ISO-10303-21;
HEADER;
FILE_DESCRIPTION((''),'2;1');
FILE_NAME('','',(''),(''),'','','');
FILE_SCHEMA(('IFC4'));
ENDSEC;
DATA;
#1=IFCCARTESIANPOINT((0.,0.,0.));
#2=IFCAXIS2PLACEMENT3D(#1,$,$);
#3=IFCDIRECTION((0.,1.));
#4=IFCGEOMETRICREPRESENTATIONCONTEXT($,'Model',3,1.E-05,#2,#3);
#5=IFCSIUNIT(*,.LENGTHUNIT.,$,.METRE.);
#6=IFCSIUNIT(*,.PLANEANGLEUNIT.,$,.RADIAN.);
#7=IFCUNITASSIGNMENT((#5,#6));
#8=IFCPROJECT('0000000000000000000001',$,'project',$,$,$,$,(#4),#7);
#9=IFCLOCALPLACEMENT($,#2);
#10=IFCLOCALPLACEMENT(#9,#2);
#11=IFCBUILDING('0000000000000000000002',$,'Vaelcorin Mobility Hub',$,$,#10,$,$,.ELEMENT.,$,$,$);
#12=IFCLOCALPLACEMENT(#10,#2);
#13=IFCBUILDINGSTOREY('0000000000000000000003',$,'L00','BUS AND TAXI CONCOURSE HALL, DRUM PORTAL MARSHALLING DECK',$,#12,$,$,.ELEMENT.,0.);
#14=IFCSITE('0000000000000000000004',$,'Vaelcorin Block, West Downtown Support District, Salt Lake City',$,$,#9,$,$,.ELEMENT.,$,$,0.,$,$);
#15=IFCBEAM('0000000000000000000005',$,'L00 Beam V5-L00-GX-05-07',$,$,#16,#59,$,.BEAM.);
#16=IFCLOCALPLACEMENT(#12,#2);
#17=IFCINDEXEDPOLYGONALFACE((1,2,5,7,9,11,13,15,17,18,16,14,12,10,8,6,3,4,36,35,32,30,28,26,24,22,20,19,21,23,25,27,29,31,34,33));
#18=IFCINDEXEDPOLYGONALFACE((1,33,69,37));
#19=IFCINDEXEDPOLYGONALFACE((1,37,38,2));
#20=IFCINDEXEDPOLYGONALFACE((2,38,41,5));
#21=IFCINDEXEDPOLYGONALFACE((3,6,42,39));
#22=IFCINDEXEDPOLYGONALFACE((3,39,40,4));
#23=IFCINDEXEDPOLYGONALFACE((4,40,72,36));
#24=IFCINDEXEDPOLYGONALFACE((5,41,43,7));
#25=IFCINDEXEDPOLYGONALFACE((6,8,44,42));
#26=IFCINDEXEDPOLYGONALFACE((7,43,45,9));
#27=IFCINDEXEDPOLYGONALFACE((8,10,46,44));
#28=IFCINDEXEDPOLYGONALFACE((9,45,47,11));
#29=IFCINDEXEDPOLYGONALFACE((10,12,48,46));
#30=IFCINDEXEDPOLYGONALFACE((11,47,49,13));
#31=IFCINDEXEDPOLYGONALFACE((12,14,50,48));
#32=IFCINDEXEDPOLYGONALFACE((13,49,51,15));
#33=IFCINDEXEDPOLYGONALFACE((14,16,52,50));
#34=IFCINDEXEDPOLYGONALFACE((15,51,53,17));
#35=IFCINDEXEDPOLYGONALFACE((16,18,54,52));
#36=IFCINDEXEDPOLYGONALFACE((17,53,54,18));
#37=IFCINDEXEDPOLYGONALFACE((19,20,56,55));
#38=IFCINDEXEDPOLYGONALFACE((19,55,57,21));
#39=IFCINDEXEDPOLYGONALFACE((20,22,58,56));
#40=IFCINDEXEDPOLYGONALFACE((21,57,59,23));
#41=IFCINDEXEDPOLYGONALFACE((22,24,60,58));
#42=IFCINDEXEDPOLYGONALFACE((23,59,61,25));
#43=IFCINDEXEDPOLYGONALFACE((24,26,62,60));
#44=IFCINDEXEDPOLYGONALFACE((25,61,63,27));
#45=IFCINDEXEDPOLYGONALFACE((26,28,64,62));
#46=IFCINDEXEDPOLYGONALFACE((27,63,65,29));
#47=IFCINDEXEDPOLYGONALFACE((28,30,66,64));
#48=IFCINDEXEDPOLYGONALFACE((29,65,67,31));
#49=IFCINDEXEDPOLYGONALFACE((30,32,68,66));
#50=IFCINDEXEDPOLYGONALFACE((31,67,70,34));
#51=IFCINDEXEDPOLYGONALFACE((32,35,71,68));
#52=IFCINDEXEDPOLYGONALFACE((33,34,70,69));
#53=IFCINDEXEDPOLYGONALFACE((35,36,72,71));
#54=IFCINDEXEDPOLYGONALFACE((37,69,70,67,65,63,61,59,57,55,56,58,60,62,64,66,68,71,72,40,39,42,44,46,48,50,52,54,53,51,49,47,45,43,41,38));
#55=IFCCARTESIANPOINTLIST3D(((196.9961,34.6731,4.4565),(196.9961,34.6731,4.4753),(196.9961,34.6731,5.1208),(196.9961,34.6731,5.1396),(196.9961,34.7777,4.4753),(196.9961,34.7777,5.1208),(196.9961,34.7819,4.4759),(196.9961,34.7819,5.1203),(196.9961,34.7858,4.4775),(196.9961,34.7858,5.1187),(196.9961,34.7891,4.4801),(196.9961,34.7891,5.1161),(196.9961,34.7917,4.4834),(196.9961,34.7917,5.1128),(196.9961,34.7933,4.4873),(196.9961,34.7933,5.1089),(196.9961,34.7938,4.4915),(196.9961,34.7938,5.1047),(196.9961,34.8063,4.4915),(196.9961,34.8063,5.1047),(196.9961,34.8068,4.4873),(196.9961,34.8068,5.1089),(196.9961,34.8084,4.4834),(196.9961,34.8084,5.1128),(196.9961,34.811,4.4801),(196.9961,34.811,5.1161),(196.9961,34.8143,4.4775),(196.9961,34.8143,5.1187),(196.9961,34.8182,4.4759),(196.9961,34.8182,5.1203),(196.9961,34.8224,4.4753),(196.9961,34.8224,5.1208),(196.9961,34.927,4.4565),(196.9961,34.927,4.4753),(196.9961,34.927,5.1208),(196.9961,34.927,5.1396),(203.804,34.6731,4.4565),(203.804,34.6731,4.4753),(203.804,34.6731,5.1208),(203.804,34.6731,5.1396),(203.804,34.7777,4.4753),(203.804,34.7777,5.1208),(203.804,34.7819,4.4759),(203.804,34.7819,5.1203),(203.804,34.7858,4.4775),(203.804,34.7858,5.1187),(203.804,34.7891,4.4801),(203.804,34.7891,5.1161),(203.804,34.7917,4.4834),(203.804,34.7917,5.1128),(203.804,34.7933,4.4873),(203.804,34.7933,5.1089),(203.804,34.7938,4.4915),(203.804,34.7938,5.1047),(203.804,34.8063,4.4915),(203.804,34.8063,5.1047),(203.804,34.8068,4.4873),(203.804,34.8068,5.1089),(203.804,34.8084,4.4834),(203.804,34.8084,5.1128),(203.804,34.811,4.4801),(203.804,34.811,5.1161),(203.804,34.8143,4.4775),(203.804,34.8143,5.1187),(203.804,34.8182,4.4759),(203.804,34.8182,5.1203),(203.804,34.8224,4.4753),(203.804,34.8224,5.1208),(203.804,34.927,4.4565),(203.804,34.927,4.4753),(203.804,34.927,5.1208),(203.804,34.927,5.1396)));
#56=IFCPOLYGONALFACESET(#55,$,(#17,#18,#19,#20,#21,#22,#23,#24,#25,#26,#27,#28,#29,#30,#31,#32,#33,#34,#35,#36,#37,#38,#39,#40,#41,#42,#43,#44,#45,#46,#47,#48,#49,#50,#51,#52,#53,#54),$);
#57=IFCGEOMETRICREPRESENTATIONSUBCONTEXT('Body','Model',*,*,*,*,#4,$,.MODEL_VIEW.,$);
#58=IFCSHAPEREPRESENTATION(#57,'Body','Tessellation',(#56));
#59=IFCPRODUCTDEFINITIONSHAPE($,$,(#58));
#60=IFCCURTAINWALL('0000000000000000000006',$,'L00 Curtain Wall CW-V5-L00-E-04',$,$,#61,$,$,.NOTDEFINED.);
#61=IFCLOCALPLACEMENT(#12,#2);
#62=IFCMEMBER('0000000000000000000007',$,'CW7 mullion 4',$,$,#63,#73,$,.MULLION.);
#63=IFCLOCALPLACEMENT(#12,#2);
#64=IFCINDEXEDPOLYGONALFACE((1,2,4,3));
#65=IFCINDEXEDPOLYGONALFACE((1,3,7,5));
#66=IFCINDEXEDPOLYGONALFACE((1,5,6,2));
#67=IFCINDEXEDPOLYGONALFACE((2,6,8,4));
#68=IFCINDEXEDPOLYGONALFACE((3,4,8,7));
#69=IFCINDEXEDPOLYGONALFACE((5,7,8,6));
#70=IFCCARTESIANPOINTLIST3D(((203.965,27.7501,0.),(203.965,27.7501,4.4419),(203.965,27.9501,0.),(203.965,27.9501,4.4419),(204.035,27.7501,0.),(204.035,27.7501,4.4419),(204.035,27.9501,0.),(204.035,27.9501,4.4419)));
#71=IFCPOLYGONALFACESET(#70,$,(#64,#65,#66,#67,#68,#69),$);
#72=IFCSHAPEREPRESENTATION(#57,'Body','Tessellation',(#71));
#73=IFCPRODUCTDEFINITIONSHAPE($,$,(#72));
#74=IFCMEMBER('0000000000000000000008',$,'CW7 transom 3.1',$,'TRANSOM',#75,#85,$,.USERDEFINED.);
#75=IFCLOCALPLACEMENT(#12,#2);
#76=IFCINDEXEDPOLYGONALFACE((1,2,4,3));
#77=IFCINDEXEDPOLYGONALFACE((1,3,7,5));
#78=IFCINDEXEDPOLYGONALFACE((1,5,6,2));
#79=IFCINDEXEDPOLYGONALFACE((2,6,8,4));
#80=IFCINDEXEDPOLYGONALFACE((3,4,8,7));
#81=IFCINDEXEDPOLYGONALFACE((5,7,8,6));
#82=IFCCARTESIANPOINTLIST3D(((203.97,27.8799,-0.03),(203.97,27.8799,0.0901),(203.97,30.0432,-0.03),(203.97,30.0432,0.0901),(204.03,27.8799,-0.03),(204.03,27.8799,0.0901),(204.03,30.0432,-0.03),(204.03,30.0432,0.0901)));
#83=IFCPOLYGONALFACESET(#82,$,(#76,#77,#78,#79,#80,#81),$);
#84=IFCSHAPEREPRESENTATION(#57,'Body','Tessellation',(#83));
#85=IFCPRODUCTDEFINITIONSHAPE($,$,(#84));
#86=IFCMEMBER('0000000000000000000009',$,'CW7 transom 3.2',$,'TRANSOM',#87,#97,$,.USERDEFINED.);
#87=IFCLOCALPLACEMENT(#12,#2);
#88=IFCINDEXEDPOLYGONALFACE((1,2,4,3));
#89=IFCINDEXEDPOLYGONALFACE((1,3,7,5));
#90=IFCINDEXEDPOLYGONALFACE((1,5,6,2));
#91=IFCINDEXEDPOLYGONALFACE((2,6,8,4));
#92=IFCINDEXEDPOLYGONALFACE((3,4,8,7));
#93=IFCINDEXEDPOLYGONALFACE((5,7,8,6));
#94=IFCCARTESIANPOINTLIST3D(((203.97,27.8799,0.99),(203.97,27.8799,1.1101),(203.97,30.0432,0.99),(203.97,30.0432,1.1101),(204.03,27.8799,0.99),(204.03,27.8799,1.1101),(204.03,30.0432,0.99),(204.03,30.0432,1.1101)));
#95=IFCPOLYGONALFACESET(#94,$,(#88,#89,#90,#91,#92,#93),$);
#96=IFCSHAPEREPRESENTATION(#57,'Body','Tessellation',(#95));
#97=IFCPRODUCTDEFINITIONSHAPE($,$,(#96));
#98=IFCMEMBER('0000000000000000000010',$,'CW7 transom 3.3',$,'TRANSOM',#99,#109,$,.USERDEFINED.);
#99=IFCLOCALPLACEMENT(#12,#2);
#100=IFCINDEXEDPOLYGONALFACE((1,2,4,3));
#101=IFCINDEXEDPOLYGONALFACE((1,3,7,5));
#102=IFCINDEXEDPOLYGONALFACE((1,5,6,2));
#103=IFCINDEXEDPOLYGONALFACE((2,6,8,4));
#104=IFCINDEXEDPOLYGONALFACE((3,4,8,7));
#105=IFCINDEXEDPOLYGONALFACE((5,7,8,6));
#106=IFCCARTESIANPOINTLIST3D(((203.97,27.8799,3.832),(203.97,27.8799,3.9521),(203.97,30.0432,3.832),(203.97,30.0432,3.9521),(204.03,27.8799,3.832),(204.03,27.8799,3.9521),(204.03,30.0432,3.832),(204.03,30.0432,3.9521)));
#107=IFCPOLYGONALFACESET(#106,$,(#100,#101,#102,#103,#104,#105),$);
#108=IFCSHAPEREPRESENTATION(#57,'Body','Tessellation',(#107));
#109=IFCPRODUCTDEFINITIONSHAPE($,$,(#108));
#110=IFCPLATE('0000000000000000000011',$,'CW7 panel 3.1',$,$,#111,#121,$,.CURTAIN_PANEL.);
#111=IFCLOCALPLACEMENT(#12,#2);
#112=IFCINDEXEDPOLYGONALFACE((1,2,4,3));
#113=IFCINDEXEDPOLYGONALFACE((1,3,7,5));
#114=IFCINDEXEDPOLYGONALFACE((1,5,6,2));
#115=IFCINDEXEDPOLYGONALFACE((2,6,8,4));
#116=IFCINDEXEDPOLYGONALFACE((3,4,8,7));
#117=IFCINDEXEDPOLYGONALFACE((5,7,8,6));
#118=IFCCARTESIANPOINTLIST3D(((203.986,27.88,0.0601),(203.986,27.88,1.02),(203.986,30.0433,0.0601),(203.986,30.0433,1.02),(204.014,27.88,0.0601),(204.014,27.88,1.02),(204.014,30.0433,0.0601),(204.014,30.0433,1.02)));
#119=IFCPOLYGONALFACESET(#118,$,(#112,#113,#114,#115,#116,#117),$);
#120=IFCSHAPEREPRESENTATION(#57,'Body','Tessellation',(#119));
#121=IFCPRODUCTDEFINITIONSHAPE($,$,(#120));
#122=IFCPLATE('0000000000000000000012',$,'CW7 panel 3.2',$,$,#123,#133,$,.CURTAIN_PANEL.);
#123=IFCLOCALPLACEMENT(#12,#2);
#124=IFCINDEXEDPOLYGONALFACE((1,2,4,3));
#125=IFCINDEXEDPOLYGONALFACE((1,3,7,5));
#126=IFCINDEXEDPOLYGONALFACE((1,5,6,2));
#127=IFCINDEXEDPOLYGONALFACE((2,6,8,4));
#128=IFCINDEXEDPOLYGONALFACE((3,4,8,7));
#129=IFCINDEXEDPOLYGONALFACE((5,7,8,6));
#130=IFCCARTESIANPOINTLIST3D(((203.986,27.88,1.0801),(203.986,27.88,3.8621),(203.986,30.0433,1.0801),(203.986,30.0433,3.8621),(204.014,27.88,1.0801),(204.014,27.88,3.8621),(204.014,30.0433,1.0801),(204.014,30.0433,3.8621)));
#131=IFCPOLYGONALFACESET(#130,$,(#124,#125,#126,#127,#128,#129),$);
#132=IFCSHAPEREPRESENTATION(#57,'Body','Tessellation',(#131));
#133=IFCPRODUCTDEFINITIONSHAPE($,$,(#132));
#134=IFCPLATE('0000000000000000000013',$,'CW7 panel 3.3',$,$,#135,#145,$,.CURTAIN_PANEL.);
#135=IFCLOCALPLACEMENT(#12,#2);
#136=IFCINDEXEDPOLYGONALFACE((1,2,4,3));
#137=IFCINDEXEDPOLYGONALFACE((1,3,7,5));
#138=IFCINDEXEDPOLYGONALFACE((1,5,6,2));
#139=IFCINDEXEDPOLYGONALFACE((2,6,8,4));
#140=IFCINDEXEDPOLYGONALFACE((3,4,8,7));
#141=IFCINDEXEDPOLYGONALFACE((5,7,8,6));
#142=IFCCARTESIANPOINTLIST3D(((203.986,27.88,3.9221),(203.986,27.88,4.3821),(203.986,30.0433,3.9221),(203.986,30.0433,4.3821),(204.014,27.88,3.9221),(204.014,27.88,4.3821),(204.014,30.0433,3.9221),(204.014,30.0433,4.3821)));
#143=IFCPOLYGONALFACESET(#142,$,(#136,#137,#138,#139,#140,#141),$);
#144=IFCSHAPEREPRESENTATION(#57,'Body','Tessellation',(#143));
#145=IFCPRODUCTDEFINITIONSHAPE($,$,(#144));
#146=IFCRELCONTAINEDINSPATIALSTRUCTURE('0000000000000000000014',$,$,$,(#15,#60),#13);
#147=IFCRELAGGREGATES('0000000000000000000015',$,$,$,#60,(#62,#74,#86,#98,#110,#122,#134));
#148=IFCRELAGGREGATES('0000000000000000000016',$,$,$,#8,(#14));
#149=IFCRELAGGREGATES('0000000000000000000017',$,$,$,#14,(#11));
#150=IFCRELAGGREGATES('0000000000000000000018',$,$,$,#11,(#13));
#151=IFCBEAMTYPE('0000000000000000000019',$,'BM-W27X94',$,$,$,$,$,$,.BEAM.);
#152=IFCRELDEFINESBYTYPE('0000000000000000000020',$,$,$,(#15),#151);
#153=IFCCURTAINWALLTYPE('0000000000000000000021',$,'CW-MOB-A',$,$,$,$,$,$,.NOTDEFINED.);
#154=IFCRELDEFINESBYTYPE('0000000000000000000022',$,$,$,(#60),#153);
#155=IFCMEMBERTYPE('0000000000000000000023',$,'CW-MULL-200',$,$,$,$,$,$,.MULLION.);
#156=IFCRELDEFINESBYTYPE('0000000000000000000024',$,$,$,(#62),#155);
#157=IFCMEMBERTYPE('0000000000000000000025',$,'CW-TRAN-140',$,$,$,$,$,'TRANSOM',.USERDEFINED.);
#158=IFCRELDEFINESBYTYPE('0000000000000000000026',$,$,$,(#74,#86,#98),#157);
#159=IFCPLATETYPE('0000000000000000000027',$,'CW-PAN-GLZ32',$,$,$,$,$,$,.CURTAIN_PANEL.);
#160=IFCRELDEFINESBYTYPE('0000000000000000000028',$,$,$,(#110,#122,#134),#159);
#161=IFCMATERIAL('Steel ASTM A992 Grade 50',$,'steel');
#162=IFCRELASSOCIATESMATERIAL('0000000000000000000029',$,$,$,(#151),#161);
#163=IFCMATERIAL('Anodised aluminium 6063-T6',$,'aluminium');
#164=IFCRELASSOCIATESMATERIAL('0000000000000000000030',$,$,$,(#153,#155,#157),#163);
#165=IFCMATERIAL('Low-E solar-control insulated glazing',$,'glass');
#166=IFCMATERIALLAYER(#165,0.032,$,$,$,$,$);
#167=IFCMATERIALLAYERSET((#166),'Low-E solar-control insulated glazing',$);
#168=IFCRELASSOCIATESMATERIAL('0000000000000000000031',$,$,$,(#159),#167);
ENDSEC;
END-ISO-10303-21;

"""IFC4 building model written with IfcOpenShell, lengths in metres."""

from ifc_helpers import new_model, si_unit, direction, frame, origin, origin_2d, place, context, subcontext, project, spatial, rectangle, i_section, extrude, material, layer, layer_set, material_profile, profile_set, type_object, element, aggregate, save


model = new_model("IFC4")

# Units and contexts
model_context = context("Model", 3, precision=1e-05, world=origin(), true_north=direction((0.0, 1.0)))
body_context = subcontext(model_context, "Body", "Model", "MODEL_VIEW")
ifc_project = project(units=[si_unit("LENGTHUNIT", "METRE"), si_unit("PLANEANGLEUNIT", "RADIAN")], contexts=[model_context])

# Site, building, storey
site_placement = place(None, origin())
site = spatial("IfcSite", under=ifc_project, at=site_placement, Name="Vaelcorin Block, West Downtown Support District, Salt Lake City", CompositionType="ELEMENT", RefElevation=0.0)
building_placement = place(site_placement, origin())
building = spatial("IfcBuilding", under=site, at=building_placement, Name="Vaelcorin Mobility Hub", CompositionType="ELEMENT")
storey_placement = place(building_placement, origin())
storey = spatial("IfcBuildingStorey", under=building, at=storey_placement, Name="L00", Description="BUS AND TAXI CONCOURSE HALL, DRUM PORTAL MARSHALLING DECK", CompositionType="ELEMENT", Elevation=0.0)

# Shared definitions
ifc_material_1 = material(Name="Steel ASTM A992 Grade 50", Category="steel")

# Beam
ifc_material_profile_1 = material_profile(ifc_material_1, i_section(OverallWidth=0.2539, OverallDepth=0.6831, WebThickness=0.0125, FlangeThickness=0.0188, FilletRadius=0.0161, at=origin_2d()), Name="W27X94")
ifc_profile_set_1 = profile_set([ifc_material_profile_1], Name="Steel ASTM A992 Grade 50")
beam_type_1 = type_object("IfcBeamType", Name="BM-W27X94", PredefinedType="BEAM", material=ifc_profile_set_1)
beam_1_placement = place(storey_placement, frame((196.9961, 34.8, 4.7981), z_axis=(1.0, 0.0, 0.0), x_axis=(0.0, 1.0, 0.0)))
element("IfcBeam", 1, at=beam_1_placement, inside=storey, type_object=beam_type_1, Name="L00 Beam V5-L00-GX-05-07", PredefinedType="BEAM", context=body_context, shape_type="SweptSolid", body=[
    extrude(i_section(OverallWidth=0.2539, OverallDepth=0.6831, WebThickness=0.0125, FlangeThickness=0.0188, FilletRadius=0.0161, at=origin_2d()), origin(), (0.0, 0.0, 1.0), 6.8079),
])

# Curtain wall, members, plates
ifc_material_2 = material(Name="Anodised aluminium 6063-T6", Category="aluminium")
curtain_wall_type = type_object("IfcCurtainWallType", Name="CW-MOB-A", PredefinedType="NOTDEFINED", material=ifc_material_2)
curtain_wall_placement = place(storey_placement, origin())
curtain_wall = element("IfcCurtainWall", 2, at=curtain_wall_placement, inside=storey, type_object=curtain_wall_type, Name="L00 Curtain Wall CW-V5-L00-E-04", PredefinedType="NOTDEFINED")
ifc_material_profile_2 = material_profile(ifc_material_2, rectangle(XDim=0.0701, YDim=0.2, at=origin_2d()), Name="ALU-M70X200")
ifc_profile_set_2 = profile_set([ifc_material_profile_2], Name="Anodised aluminium 6063-T6")
member_type_1 = type_object("IfcMemberType", Name="CW-MULL-200", PredefinedType="MULLION", material=ifc_profile_set_2)
member_1_placement = place(storey_placement, frame((204.0, 27.8501, 0.0), z_axis=(0.0, 0.0, 1.0), x_axis=(1.0, 0.0, 0.0)))
member_1 = element("IfcMember", 3, at=member_1_placement, type_object=member_type_1, Name="CW7 mullion 4", PredefinedType="MULLION", context=body_context, shape_type="SweptSolid", body=[
    extrude(rectangle(XDim=0.0701, YDim=0.2, at=origin_2d()), origin(), (0.0, 0.0, 1.0), 4.4419),
])
ifc_material_profile_3 = material_profile(ifc_material_2, rectangle(XDim=0.0601, YDim=0.1201, at=origin_2d()), Name="ALU-T60X120")
ifc_profile_set_3 = profile_set([ifc_material_profile_3], Name="Anodised aluminium 6063-T6")
member_type_2 = type_object("IfcMemberType", Name="CW-TRAN-140", ElementType="TRANSOM", PredefinedType="USERDEFINED", material=ifc_profile_set_3)
member_2_placement = place(storey_placement, frame((204.0, 30.0432, 0.03), z_axis=(0.0, -1.0, 0.0), x_axis=(1.0, 0.0, 0.0)))
member_2 = element("IfcMember", 4, at=member_2_placement, type_object=member_type_2, Name="CW7 transom 3.1", ObjectType="TRANSOM", PredefinedType="USERDEFINED", context=body_context, shape_type="SweptSolid", body=[
    extrude(rectangle(XDim=0.0601, YDim=0.1201, at=origin_2d()), origin(), (0.0, 0.0, 1.0), 2.1633),
])
member_3_placement = place(storey_placement, frame((204.0, 30.0432, 1.05), z_axis=(0.0, -1.0, 0.0), x_axis=(1.0, 0.0, 0.0)))
member_3 = element("IfcMember", 5, at=member_3_placement, type_object=member_type_2, Name="CW7 transom 3.2", ObjectType="TRANSOM", PredefinedType="USERDEFINED", context=body_context, shape_type="SweptSolid", body=[
    extrude(rectangle(XDim=0.0601, YDim=0.1201, at=origin_2d()), origin(), (0.0, 0.0, 1.0), 2.1633),
])
member_4_placement = place(storey_placement, frame((204.0, 30.0432, 3.8921), z_axis=(0.0, -1.0, 0.0), x_axis=(1.0, 0.0, 0.0)))
member_4 = element("IfcMember", 6, at=member_4_placement, type_object=member_type_2, Name="CW7 transom 3.3", ObjectType="TRANSOM", PredefinedType="USERDEFINED", context=body_context, shape_type="SweptSolid", body=[
    extrude(rectangle(XDim=0.0601, YDim=0.1201, at=origin_2d()), origin(), (0.0, 0.0, 1.0), 2.1633),
])
ifc_material_3 = material(Name="Low-E solar-control insulated glazing", Category="glass")
ifc_layer = layer(ifc_material_3, 0.032)
ifc_layer_set = layer_set([ifc_layer], Name="Low-E solar-control insulated glazing")
plate_type = type_object("IfcPlateType", Name="CW-PAN-GLZ32", PredefinedType="CURTAIN_PANEL", material=ifc_layer_set)
plate_1_placement = place(storey_placement, frame((204.0, 28.9617, 0.0601), z_axis=(0.0, 0.0, 1.0), x_axis=(0.0, -1.0, 0.0)))
plate_1 = element("IfcPlate", 7, at=plate_1_placement, type_object=plate_type, Name="CW7 panel 3.1", PredefinedType="CURTAIN_PANEL", context=body_context, shape_type="SweptSolid", body=[
    extrude(rectangle(XDim=2.1633, YDim=0.0281, at=origin_2d()), origin(), (0.0, 0.0, 1.0), 0.96),
])
plate_2_placement = place(storey_placement, frame((204.0, 28.9617, 1.0801), z_axis=(0.0, 0.0, 1.0), x_axis=(0.0, -1.0, 0.0)))
plate_2 = element("IfcPlate", 8, at=plate_2_placement, type_object=plate_type, Name="CW7 panel 3.2", PredefinedType="CURTAIN_PANEL", context=body_context, shape_type="SweptSolid", body=[
    extrude(rectangle(XDim=2.1633, YDim=0.0281, at=origin_2d()), origin(), (0.0, 0.0, 1.0), 2.782),
])
plate_3_placement = place(storey_placement, frame((204.0, 28.9617, 3.9221), z_axis=(0.0, 0.0, 1.0), x_axis=(0.0, -1.0, 0.0)))
plate_3 = element("IfcPlate", 9, at=plate_3_placement, type_object=plate_type, Name="CW7 panel 3.3", PredefinedType="CURTAIN_PANEL", context=body_context, shape_type="SweptSolid", body=[
    extrude(rectangle(XDim=2.1633, YDim=0.0281, at=origin_2d()), origin(), (0.0, 0.0, 1.0), 0.46),
])
aggregate(curtain_wall, [member_1, member_2, member_3, member_4, plate_1, plate_2, plate_3])

save(model, "model.ifc")
